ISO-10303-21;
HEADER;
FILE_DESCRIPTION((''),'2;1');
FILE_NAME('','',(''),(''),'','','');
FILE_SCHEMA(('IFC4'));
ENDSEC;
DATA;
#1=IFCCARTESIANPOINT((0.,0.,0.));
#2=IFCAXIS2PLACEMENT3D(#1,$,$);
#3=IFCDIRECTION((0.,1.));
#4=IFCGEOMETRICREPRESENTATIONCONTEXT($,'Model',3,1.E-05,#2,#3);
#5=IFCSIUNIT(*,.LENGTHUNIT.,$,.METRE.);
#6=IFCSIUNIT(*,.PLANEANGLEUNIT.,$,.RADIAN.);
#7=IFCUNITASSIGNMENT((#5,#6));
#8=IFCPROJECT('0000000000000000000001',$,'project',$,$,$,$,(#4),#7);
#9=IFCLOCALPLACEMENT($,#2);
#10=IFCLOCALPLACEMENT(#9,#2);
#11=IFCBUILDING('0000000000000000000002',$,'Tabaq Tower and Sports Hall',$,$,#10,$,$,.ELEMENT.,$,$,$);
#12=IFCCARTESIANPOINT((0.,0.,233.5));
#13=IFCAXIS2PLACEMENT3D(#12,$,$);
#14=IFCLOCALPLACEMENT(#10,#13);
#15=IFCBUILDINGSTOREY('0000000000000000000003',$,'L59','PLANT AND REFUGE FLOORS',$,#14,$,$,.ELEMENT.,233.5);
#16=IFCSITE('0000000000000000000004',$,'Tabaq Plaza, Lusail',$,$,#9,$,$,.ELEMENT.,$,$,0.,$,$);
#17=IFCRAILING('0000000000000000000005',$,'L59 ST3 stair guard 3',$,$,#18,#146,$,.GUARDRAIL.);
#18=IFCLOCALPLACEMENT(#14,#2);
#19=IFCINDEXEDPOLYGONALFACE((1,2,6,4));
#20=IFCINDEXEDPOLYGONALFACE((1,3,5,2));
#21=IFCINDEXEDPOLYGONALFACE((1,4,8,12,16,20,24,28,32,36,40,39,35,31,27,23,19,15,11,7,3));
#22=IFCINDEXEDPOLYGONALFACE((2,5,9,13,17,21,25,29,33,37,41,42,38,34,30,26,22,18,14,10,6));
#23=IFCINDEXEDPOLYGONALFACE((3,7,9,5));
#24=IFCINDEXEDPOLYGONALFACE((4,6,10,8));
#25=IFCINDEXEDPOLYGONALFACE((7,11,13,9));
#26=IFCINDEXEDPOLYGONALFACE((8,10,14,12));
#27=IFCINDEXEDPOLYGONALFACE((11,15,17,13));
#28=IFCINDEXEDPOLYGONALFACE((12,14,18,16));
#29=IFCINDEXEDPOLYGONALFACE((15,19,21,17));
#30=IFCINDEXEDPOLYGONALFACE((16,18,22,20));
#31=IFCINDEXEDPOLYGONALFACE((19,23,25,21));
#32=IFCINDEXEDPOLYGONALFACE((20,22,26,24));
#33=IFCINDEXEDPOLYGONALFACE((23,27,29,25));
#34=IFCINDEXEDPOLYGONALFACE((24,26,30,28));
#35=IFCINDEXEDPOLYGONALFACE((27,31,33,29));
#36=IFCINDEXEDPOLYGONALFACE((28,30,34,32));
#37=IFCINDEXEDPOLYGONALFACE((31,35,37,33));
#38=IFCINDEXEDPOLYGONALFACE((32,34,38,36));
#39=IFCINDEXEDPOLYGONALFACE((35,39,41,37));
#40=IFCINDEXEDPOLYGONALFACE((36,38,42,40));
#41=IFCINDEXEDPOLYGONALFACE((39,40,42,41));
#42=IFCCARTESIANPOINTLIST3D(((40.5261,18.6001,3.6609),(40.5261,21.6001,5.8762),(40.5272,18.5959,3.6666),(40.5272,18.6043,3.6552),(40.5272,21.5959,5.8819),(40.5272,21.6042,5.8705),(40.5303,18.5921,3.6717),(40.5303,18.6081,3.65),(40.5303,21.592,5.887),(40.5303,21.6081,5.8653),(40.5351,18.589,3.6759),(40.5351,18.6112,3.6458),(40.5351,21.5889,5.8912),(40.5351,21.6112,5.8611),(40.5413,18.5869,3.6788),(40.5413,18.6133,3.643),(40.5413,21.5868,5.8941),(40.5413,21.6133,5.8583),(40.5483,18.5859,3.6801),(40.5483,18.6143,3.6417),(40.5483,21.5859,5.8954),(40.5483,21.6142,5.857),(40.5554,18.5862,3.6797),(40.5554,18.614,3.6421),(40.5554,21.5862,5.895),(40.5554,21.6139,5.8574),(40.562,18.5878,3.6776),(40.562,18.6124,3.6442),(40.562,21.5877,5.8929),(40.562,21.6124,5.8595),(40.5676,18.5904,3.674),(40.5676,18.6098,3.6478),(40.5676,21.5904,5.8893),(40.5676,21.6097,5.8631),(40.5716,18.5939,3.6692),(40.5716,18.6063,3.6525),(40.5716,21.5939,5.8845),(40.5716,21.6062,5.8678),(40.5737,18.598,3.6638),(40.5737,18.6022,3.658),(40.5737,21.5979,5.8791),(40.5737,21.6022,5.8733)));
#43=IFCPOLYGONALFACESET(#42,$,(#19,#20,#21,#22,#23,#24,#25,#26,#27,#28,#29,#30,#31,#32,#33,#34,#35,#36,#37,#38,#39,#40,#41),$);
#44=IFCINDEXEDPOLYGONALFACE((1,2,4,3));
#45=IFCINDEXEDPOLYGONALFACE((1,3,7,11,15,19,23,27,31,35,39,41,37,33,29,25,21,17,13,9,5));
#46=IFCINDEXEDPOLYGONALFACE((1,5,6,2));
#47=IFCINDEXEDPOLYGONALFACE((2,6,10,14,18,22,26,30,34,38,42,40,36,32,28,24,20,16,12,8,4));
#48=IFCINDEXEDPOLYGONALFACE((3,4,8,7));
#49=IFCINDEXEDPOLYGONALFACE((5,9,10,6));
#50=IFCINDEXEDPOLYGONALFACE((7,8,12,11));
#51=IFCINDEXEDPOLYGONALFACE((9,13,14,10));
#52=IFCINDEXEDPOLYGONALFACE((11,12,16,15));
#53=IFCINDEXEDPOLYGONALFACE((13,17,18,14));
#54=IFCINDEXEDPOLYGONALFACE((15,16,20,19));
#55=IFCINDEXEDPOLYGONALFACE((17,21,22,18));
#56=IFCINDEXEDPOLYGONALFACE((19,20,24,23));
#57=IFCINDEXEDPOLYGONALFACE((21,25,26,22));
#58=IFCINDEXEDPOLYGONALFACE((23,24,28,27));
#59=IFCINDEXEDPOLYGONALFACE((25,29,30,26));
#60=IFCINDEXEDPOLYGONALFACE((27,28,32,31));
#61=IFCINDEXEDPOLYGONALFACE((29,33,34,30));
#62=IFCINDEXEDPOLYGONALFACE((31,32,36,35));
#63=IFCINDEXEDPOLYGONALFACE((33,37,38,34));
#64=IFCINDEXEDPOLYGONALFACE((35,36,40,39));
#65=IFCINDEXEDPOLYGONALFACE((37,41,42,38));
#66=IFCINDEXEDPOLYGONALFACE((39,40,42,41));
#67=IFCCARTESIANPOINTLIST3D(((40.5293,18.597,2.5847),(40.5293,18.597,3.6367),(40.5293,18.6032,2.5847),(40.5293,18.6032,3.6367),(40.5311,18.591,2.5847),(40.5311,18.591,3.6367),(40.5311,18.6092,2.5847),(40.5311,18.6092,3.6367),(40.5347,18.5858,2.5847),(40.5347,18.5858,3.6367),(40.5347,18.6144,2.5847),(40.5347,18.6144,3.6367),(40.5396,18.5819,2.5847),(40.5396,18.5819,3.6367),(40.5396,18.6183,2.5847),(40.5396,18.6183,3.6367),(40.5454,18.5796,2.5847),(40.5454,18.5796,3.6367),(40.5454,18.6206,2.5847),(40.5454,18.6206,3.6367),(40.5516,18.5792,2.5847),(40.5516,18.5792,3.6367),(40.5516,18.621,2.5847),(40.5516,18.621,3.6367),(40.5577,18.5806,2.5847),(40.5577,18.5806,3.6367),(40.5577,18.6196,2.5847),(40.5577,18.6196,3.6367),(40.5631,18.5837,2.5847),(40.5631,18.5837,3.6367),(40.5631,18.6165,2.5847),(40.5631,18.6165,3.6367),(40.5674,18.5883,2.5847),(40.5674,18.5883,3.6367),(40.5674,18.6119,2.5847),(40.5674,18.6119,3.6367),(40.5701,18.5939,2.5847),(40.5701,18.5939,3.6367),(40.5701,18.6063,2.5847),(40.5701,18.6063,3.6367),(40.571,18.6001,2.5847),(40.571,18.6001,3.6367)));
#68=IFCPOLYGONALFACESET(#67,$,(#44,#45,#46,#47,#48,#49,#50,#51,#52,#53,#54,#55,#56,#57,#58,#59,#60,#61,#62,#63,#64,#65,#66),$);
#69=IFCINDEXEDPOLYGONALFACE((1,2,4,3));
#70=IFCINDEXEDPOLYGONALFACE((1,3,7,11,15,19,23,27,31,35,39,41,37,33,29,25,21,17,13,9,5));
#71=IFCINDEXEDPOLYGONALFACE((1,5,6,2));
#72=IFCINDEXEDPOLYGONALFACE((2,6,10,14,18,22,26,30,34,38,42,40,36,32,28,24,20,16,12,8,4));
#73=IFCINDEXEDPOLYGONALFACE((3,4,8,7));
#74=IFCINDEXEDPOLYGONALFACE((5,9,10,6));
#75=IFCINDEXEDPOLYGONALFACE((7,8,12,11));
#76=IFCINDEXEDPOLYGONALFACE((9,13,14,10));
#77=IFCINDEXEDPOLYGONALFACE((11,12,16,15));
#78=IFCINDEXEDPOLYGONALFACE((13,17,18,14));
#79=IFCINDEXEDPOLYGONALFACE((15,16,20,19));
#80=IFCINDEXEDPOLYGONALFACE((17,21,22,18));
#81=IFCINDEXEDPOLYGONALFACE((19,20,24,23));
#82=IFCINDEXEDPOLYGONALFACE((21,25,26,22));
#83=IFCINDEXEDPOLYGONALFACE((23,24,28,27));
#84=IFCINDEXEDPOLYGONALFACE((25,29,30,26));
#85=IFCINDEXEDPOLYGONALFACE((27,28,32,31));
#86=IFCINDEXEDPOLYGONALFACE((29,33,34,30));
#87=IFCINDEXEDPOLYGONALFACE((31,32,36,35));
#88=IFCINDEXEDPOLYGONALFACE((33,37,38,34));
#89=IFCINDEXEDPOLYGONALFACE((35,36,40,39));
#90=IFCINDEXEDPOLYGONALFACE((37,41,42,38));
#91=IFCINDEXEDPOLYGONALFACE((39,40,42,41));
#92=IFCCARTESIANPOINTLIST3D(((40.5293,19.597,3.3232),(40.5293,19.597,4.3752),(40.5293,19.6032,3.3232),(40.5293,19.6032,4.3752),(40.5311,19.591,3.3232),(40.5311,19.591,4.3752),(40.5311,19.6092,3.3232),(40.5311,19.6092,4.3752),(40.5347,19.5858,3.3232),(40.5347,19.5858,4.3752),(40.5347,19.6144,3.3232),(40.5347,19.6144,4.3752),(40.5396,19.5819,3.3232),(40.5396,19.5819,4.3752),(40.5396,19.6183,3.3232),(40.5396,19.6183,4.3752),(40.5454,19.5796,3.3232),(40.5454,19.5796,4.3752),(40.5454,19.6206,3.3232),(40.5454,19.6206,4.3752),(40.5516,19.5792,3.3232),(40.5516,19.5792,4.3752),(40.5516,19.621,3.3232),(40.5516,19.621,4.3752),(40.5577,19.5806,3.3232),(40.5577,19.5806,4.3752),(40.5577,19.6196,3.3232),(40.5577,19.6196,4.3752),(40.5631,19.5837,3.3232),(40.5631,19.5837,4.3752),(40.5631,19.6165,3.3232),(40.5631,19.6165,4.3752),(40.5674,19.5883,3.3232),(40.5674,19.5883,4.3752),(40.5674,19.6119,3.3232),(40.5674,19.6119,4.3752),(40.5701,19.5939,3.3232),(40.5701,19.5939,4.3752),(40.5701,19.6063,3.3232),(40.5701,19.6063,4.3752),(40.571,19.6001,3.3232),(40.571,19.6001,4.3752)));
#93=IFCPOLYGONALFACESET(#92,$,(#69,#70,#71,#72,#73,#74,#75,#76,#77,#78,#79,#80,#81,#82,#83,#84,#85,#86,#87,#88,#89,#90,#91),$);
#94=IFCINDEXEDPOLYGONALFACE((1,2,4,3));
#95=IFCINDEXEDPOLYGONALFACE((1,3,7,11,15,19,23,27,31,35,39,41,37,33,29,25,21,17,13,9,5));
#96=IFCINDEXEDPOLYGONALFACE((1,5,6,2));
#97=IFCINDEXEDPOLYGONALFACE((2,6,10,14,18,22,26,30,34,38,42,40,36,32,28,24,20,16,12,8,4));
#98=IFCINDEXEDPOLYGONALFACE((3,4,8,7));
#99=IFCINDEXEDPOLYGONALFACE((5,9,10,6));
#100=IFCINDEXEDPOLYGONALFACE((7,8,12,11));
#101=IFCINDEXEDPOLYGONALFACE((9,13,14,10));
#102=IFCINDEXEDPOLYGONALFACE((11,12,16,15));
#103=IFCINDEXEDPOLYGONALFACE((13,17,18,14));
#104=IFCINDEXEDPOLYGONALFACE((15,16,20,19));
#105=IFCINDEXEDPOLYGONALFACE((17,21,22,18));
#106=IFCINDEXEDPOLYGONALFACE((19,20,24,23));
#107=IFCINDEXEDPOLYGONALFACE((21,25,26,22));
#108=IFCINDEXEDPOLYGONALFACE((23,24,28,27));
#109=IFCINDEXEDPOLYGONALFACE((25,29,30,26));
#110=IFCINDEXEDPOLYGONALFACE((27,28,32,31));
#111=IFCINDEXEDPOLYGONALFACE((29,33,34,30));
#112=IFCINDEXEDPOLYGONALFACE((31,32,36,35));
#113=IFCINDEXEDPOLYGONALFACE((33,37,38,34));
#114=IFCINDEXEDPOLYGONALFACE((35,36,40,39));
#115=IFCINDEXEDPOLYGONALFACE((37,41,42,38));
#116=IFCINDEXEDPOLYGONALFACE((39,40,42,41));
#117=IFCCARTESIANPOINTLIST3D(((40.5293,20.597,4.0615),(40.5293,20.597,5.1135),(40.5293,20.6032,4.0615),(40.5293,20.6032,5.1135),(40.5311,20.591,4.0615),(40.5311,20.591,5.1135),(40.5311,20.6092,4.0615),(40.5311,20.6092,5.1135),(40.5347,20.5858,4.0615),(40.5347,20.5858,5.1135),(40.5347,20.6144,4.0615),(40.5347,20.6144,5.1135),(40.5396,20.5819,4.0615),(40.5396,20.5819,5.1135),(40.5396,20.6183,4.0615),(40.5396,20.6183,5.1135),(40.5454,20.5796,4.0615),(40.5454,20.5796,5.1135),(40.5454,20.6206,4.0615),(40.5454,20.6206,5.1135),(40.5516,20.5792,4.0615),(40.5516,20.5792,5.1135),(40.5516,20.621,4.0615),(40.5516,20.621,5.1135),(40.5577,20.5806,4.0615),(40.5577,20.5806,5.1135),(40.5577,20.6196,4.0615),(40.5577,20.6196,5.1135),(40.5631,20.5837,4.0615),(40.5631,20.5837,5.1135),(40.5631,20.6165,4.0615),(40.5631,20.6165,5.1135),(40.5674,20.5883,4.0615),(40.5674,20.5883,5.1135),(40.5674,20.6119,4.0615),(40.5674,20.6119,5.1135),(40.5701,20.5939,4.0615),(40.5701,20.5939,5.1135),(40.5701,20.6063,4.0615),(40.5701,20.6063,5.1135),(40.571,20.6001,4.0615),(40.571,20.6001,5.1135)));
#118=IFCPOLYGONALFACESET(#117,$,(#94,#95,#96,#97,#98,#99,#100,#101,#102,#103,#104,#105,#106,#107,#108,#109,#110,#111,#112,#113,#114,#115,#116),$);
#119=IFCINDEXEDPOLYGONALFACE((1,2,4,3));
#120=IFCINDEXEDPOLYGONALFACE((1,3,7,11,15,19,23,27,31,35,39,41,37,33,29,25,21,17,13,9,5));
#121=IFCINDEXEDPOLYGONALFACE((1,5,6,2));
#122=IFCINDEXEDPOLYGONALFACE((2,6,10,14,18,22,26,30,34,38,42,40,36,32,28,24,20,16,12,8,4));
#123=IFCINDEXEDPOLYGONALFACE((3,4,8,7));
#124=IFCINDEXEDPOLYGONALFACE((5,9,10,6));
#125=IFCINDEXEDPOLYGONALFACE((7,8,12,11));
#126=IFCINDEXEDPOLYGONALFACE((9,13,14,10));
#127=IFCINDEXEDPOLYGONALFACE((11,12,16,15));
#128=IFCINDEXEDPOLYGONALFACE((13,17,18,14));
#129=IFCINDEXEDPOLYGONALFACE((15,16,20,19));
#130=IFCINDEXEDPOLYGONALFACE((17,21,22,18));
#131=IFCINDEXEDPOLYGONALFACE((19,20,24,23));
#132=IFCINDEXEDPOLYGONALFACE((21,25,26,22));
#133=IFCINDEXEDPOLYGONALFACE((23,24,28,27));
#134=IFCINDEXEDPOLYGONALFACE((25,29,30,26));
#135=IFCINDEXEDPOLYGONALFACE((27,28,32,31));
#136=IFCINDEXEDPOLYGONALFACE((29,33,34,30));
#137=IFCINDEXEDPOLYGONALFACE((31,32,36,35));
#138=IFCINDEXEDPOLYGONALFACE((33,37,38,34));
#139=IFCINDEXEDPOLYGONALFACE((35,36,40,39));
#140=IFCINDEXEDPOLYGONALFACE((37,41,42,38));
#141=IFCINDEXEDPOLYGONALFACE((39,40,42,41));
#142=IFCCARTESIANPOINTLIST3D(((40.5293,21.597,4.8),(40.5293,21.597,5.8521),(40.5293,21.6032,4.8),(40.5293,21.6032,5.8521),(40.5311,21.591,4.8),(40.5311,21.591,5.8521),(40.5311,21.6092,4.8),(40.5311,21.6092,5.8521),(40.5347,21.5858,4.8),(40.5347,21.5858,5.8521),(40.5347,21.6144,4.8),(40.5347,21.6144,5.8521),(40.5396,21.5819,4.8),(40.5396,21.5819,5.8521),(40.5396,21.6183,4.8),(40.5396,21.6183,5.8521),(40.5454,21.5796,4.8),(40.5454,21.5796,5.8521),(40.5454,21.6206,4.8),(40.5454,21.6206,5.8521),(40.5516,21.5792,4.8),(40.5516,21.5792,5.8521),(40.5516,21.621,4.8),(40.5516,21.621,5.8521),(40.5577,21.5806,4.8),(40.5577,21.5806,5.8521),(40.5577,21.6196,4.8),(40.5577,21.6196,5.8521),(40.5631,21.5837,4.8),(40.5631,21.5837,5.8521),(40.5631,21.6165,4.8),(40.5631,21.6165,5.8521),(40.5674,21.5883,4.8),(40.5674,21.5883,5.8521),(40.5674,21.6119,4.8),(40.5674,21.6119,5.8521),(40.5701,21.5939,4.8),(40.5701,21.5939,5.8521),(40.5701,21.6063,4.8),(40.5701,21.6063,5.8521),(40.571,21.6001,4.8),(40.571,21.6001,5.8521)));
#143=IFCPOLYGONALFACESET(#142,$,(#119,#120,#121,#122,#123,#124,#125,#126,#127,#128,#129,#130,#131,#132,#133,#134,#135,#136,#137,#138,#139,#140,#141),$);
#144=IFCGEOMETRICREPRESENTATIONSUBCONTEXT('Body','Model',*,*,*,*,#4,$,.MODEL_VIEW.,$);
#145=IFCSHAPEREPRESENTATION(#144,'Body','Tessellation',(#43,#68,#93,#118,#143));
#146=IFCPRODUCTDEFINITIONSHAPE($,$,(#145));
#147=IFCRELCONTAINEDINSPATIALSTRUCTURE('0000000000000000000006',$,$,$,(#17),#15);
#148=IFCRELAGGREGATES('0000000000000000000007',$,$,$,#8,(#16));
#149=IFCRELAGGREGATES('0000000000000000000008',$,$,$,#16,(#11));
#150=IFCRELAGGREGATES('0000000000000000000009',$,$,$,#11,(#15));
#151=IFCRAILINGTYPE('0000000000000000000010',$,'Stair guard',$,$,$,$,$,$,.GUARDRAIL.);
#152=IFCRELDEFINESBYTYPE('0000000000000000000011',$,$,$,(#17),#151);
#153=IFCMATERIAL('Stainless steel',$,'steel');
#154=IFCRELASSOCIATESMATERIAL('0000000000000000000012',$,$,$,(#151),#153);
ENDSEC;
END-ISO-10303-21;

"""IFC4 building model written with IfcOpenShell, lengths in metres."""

from ifc_helpers import new_model, si_unit, direction, frame, origin, origin_2d, place, context, subcontext, project, spatial, circle, extrude, material, type_object, element, save


model = new_model("IFC4")

# Units and contexts
model_context = context("Model", 3, precision=1e-05, world=origin(), true_north=direction((0.0, 1.0)))
body_context = subcontext(model_context, "Body", "Model", "MODEL_VIEW")
ifc_project = project(units=[si_unit("LENGTHUNIT", "METRE"), si_unit("PLANEANGLEUNIT", "RADIAN")], contexts=[model_context])

# Site, building, storey
site_placement = place(None, origin())
site = spatial("IfcSite", under=ifc_project, at=site_placement, Name="Tabaq Plaza, Lusail", CompositionType="ELEMENT", RefElevation=0.0)
building_placement = place(site_placement, origin())
building = spatial("IfcBuilding", under=site, at=building_placement, Name="Tabaq Tower and Sports Hall", CompositionType="ELEMENT")
storey_placement = place(building_placement, frame((0.0, 0.0, 233.5)))
storey = spatial("IfcBuildingStorey", under=building, at=storey_placement, Name="L59", Description="PLANT AND REFUGE FLOORS", CompositionType="ELEMENT", Elevation=233.5)

# Railing
ifc_material_1 = material(Name="Stainless steel", Category="steel")
railing_type_1 = type_object("IfcRailingType", Name="Stair guard", PredefinedType="GUARDRAIL", material=ifc_material_1)
railing_1_placement = place(storey_placement, frame((40.55, 18.6001, 2.5847)))
element("IfcRailing", 1, at=railing_1_placement, inside=storey, type_object=railing_type_1, Name="L59 ST3 stair guard 3", PredefinedType="GUARDRAIL", context=body_context, shape_type="SweptSolid", body=[
    extrude(circle(Radius=0.0239, at=origin_2d()), frame((0.0, 0.0, 1.0762), z_axis=(0.0, 0.80444, 0.594034), x_axis=(-1.0, 0.0, 0.0)), (0.0, 0.0, 1.0), 3.7292),
    extrude(circle(Radius=0.021, at=origin_2d()), origin(), (0.0, 0.0, 1.0), 1.052),
    extrude(circle(Radius=0.021, at=origin_2d()), frame((0.0, 1.0, 0.7385)), (0.0, 0.0, 1.0), 1.052),
    extrude(circle(Radius=0.021, at=origin_2d()), frame((0.0, 2.0, 1.4768)), (0.0, 0.0, 1.0), 1.052),
    extrude(circle(Radius=0.021, at=origin_2d()), frame((0.0, 3.0, 2.2153)), (0.0, 0.0, 1.0), 1.052),
])

save(model, "model.ifc")
